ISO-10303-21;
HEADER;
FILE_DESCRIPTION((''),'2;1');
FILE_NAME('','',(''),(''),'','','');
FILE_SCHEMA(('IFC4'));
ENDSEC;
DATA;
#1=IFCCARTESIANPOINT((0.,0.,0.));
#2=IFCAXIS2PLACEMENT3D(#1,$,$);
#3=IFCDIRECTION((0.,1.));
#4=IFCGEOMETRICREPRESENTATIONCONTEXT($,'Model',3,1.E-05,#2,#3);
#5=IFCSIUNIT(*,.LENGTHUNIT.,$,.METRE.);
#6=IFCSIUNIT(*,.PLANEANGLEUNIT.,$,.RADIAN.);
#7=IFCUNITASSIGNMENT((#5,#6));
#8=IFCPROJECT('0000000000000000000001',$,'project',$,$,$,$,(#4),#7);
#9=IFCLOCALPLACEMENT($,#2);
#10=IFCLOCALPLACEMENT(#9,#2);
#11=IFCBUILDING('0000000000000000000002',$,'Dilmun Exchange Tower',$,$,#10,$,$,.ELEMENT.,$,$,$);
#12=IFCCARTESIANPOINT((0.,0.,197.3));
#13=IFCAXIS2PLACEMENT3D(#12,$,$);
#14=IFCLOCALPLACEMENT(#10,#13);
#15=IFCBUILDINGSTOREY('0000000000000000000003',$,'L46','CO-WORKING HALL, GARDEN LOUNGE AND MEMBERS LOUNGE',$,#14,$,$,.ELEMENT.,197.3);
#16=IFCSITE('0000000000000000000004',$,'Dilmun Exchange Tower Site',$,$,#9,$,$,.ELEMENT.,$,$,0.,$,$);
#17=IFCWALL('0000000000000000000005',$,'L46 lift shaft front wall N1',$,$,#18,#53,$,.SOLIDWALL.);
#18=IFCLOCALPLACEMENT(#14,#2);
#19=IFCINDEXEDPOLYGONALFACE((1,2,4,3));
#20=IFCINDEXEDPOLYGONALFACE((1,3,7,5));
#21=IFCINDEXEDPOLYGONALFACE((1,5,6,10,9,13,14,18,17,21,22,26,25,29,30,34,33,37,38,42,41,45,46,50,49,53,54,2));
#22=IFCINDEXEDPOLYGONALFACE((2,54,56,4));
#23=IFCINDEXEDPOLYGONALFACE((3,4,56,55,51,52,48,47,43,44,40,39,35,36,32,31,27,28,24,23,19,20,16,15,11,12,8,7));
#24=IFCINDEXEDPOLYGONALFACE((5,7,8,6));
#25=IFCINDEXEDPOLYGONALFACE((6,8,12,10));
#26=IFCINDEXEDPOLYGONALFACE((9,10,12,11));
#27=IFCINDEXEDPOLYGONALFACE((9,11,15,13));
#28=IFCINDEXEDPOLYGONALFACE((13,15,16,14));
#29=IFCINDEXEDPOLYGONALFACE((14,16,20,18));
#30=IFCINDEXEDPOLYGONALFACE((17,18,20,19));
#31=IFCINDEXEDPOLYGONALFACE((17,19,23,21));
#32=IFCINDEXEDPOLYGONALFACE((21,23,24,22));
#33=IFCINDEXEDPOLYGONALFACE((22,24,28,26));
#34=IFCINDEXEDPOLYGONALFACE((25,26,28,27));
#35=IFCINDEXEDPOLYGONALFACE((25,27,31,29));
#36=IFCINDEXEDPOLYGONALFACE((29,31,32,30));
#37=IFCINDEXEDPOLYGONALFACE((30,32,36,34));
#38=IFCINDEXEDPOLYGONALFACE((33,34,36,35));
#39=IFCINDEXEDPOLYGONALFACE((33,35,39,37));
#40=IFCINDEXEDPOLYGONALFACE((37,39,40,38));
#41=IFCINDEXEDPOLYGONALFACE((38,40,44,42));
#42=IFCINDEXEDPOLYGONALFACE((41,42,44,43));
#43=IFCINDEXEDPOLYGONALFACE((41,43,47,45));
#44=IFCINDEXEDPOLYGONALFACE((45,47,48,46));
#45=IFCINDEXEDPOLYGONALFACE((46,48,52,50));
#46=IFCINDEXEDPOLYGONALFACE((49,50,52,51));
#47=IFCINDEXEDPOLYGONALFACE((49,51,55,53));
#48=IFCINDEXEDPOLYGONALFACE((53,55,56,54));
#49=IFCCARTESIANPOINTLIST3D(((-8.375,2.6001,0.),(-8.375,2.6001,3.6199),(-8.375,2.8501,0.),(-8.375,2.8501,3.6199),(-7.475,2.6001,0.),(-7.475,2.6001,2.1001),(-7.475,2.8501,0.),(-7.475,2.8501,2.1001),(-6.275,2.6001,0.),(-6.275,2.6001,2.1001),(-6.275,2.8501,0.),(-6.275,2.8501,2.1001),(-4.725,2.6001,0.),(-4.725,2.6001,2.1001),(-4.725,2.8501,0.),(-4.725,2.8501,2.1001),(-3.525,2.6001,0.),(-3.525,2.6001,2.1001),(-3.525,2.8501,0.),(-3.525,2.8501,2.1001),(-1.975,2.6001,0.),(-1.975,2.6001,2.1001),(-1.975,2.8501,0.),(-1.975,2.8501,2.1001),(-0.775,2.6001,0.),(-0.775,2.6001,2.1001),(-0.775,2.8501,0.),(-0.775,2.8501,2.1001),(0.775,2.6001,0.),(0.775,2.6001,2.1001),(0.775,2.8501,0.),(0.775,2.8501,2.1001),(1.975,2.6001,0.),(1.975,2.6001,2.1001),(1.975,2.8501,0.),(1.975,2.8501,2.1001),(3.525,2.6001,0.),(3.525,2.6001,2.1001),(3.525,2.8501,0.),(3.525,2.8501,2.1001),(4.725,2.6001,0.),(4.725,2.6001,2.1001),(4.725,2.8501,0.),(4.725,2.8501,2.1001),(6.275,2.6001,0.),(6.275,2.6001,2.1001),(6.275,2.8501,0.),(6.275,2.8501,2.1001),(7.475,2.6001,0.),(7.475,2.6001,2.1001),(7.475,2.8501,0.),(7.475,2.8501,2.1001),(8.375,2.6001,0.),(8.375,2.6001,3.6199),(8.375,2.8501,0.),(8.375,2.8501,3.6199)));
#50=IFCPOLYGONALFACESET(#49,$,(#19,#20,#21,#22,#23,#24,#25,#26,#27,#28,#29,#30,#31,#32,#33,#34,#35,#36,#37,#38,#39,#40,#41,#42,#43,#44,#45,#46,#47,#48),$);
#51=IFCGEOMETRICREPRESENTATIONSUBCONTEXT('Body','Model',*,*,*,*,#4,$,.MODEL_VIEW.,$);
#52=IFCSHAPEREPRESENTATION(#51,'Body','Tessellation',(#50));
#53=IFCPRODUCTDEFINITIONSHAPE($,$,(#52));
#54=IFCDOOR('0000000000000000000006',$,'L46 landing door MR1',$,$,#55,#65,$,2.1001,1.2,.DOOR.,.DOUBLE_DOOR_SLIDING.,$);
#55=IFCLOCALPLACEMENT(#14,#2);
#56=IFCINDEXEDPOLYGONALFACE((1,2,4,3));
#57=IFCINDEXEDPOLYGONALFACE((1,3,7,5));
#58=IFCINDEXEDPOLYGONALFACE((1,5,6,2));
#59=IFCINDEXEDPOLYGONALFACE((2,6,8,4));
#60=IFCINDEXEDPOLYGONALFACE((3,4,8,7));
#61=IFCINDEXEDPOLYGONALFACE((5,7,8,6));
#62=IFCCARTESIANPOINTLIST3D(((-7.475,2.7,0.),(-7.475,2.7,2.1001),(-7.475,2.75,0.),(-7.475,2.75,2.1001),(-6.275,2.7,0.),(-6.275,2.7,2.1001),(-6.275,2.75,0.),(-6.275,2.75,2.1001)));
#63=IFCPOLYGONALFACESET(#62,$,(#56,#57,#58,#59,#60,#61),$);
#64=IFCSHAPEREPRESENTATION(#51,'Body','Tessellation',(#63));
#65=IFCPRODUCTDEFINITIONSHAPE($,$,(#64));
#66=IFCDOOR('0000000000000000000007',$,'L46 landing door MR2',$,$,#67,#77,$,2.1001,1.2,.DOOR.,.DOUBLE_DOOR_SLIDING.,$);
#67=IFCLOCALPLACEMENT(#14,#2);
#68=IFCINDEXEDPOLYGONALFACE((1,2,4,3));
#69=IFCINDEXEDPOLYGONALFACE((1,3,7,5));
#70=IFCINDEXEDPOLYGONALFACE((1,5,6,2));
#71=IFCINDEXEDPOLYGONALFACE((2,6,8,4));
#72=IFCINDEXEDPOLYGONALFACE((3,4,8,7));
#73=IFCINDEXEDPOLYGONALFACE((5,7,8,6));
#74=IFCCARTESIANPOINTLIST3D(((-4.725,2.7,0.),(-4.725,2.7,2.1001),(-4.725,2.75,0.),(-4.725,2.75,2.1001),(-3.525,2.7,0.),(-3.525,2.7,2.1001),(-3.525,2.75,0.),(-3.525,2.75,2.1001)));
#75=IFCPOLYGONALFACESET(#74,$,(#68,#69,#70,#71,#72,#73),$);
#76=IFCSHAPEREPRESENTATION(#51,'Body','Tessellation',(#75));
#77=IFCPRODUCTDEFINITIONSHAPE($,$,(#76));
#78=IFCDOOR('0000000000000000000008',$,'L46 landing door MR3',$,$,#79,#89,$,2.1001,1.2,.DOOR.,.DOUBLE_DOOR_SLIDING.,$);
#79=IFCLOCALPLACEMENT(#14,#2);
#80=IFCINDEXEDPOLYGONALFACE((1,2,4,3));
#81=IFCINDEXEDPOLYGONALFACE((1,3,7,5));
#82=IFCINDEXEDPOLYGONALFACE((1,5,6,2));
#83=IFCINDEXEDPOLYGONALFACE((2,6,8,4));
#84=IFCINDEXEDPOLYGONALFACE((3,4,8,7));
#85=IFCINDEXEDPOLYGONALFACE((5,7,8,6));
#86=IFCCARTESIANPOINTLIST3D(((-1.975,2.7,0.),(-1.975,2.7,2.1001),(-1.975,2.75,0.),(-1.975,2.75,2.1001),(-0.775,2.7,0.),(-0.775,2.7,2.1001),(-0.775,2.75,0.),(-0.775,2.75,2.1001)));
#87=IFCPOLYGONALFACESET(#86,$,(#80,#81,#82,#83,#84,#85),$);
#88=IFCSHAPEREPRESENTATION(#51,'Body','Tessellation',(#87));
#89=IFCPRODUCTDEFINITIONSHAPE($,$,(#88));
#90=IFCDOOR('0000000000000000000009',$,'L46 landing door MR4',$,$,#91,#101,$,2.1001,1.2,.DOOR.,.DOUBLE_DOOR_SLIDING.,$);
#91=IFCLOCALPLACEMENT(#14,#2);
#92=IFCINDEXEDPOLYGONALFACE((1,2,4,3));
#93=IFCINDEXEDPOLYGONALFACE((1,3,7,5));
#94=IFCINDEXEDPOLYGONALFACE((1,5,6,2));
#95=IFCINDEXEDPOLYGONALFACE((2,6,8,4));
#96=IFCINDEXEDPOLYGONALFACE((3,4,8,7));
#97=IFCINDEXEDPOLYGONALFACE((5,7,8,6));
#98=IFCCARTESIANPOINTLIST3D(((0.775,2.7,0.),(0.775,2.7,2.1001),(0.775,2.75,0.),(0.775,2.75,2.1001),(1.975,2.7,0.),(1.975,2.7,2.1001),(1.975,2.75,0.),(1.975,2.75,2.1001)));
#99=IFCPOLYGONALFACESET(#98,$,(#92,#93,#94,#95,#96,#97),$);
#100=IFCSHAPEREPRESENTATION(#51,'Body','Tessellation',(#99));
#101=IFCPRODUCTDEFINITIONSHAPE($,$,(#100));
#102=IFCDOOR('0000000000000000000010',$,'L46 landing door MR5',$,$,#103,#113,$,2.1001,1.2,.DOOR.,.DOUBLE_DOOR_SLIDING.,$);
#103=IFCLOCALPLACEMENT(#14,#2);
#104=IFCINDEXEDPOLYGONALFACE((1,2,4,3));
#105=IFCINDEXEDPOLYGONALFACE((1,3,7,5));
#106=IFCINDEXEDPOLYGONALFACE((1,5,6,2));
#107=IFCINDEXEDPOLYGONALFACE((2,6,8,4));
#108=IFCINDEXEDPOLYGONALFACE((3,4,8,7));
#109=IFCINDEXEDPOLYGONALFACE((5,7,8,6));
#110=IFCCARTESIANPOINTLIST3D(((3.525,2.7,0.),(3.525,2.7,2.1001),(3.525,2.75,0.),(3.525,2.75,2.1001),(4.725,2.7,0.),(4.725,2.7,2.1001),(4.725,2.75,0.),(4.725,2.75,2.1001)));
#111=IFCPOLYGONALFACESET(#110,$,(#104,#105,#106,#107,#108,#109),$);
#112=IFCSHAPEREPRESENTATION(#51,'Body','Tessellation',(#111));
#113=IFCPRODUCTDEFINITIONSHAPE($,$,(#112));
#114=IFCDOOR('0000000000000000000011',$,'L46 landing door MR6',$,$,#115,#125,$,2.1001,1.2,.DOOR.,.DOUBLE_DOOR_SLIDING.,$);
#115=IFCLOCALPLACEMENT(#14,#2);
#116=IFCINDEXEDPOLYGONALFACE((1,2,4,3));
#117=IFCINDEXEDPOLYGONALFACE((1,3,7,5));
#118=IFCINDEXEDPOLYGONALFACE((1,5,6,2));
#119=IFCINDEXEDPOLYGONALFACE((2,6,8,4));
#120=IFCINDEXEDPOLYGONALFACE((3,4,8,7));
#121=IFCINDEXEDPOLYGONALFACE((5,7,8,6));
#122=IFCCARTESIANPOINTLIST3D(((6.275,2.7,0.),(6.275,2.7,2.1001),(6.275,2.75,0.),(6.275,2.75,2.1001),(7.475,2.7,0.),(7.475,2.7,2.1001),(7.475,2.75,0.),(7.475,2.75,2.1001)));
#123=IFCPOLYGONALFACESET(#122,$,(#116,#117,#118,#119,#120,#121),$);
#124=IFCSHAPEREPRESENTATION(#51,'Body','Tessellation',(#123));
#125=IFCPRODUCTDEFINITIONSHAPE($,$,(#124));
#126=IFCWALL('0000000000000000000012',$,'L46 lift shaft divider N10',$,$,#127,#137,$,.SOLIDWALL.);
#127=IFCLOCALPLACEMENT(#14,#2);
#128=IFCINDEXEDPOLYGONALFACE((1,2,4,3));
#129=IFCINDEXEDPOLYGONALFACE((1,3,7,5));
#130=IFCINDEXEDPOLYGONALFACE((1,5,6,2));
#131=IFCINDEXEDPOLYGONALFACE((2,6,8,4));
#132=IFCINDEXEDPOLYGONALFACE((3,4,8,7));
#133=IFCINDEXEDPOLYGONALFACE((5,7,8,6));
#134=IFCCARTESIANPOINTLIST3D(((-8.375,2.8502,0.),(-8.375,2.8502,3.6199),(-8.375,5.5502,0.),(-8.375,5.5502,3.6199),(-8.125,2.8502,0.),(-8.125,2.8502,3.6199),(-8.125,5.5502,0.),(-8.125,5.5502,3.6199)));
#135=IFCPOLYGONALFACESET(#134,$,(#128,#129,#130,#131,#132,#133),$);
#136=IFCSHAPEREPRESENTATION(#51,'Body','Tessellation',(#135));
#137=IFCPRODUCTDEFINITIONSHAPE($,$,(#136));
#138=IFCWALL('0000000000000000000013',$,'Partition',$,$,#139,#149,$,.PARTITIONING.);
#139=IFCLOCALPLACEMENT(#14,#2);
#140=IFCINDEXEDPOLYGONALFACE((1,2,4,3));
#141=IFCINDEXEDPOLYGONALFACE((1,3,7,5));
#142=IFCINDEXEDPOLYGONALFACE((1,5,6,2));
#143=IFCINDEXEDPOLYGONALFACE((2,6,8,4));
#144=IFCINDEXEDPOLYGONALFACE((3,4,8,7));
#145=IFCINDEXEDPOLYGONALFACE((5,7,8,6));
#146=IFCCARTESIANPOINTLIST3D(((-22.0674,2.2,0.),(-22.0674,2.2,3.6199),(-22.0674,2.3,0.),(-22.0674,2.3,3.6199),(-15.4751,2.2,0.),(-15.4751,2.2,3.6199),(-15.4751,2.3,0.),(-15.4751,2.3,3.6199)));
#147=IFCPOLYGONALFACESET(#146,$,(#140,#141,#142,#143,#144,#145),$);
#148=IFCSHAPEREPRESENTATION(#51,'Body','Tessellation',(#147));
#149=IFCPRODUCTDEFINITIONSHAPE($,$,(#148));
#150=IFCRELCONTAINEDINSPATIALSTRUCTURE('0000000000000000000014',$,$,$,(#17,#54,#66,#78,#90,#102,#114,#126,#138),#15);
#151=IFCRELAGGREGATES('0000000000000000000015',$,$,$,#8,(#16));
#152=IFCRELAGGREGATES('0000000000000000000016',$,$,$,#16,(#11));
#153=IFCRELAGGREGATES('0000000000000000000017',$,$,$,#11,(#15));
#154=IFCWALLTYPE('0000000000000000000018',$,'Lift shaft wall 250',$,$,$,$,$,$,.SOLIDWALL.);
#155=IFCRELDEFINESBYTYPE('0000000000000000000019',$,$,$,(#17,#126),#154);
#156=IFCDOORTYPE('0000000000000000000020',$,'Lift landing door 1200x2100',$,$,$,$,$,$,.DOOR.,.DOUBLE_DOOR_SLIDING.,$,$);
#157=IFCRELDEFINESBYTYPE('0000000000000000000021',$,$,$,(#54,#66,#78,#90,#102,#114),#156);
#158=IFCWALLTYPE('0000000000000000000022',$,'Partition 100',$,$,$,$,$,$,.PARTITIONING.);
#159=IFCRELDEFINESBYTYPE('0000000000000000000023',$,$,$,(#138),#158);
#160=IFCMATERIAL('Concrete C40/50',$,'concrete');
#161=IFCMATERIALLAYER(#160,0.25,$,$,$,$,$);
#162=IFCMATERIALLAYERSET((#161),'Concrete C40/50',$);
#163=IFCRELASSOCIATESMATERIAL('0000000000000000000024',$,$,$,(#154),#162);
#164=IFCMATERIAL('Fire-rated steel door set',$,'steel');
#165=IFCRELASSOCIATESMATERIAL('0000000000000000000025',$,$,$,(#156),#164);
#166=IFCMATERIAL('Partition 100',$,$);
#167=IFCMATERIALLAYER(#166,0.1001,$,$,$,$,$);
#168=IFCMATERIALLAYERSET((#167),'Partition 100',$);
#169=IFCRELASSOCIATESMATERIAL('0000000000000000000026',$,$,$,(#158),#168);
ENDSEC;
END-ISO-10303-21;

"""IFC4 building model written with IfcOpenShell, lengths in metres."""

from ifc_helpers import new_model, si_unit, direction, frame, frame_2d, origin, place, context, subcontext, project, spatial, rectangle, extrude, material, layer, layer_set, type_object, element, fill, save


model = new_model("IFC4")

# Units and contexts
model_context = context("Model", 3, precision=1e-05, world=origin(), true_north=direction((0.0, 1.0)))
body_context = subcontext(model_context, "Body", "Model", "MODEL_VIEW")
ifc_project = project(units=[si_unit("LENGTHUNIT", "METRE"), si_unit("PLANEANGLEUNIT", "RADIAN")], contexts=[model_context])

# Site, building, storey
site_placement = place(None, origin())
site = spatial("IfcSite", under=ifc_project, at=site_placement, Name="Dilmun Exchange Tower Site", CompositionType="ELEMENT", RefElevation=0.0)
building_placement = place(site_placement, origin())
building = spatial("IfcBuilding", under=site, at=building_placement, Name="Dilmun Exchange Tower", CompositionType="ELEMENT")
storey_placement = place(building_placement, frame((0.0, 0.0, 197.3)))
storey = spatial("IfcBuildingStorey", under=building, at=storey_placement, Name="L46", Description="CO-WORKING HALL, GARDEN LOUNGE AND MEMBERS LOUNGE", CompositionType="ELEMENT", Elevation=197.3)

# Shared definitions
ifc_material_1 = material(Name="Concrete C40/50", Category="concrete")

# Shared definitions
ifc_material_2 = material(Name="Fire-rated steel door set", Category="steel")

# Wall, openings, doors
ifc_layer_1 = layer(ifc_material_1, 0.25)
ifc_layer_set_1 = layer_set([ifc_layer_1], Name="Concrete C40/50")
wall_type_1 = type_object("IfcWallType", Name="Lift shaft wall 250", PredefinedType="SOLIDWALL", material=ifc_layer_set_1)
wall_1_placement = place(storey_placement, frame((-8.375, 2.7251, 0.0), z_axis=(0.0, 0.0, 1.0), x_axis=(1.0, 0.0, 0.0)))
wall_1 = element("IfcWall", 1, at=wall_1_placement, inside=storey, type_object=wall_type_1, Name="L46 lift shaft front wall N1", PredefinedType="SOLIDWALL", context=body_context, shape_type="SweptSolid", body=[
    extrude(rectangle(XDim=16.75, YDim=0.25, at=frame_2d((8.375, 0.0))), origin(), (0.0, 0.0, 1.0), 3.6199),
])
opening_1_placement = place(wall_1_placement, frame((0.8999, 0.0, 0.0)))
opening_1 = element("IfcOpeningElement", 2, at=opening_1_placement, cuts=wall_1, PredefinedType="OPENING", context=body_context, shape_type="SweptSolid", body=[
    extrude(rectangle(XDim=1.2, YDim=2.1001, at=frame_2d((0.6001, 1.05))), frame((0.0, 0.135, 0.0), z_axis=(0.0, -1.0, 0.0), x_axis=(1.0, 0.0, 0.0)), (0.0, 0.0, 1.0), 0.27),
])
opening_2_placement = place(wall_1_placement, frame((3.6499, 0.0, 0.0)))
opening_2 = element("IfcOpeningElement", 3, at=opening_2_placement, cuts=wall_1, PredefinedType="OPENING", context=body_context, shape_type="SweptSolid", body=[
    extrude(rectangle(XDim=1.2, YDim=2.1001, at=frame_2d((0.6001, 1.05))), frame((0.0, 0.135, 0.0), z_axis=(0.0, -1.0, 0.0), x_axis=(1.0, 0.0, 0.0)), (0.0, 0.0, 1.0), 0.27),
])
opening_3_placement = place(wall_1_placement, frame((6.3999, 0.0, 0.0)))
opening_3 = element("IfcOpeningElement", 4, at=opening_3_placement, cuts=wall_1, PredefinedType="OPENING", context=body_context, shape_type="SweptSolid", body=[
    extrude(rectangle(XDim=1.2, YDim=2.1001, at=frame_2d((0.6001, 1.05))), frame((0.0, 0.135, 0.0), z_axis=(0.0, -1.0, 0.0), x_axis=(1.0, 0.0, 0.0)), (0.0, 0.0, 1.0), 0.27),
])
opening_4_placement = place(wall_1_placement, frame((9.1499, 0.0, 0.0)))
opening_4 = element("IfcOpeningElement", 5, at=opening_4_placement, cuts=wall_1, PredefinedType="OPENING", context=body_context, shape_type="SweptSolid", body=[
    extrude(rectangle(XDim=1.2, YDim=2.1001, at=frame_2d((0.6001, 1.05))), frame((0.0, 0.135, 0.0), z_axis=(0.0, -1.0, 0.0), x_axis=(1.0, 0.0, 0.0)), (0.0, 0.0, 1.0), 0.27),
])
opening_5_placement = place(wall_1_placement, frame((11.8999, 0.0, 0.0)))
opening_5 = element("IfcOpeningElement", 6, at=opening_5_placement, cuts=wall_1, PredefinedType="OPENING", context=body_context, shape_type="SweptSolid", body=[
    extrude(rectangle(XDim=1.2, YDim=2.1001, at=frame_2d((0.6001, 1.05))), frame((0.0, 0.135, 0.0), z_axis=(0.0, -1.0, 0.0), x_axis=(1.0, 0.0, 0.0)), (0.0, 0.0, 1.0), 0.27),
])
opening_6_placement = place(wall_1_placement, frame((14.6499, 0.0, 0.0)))
opening_6 = element("IfcOpeningElement", 7, at=opening_6_placement, cuts=wall_1, PredefinedType="OPENING", context=body_context, shape_type="SweptSolid", body=[
    extrude(rectangle(XDim=1.2, YDim=2.1001, at=frame_2d((0.6001, 1.05))), frame((0.0, 0.135, 0.0), z_axis=(0.0, -1.0, 0.0), x_axis=(1.0, 0.0, 0.0)), (0.0, 0.0, 1.0), 0.27),
])
door_type_1 = type_object("IfcDoorType", Name="Lift landing door 1200x2100", OperationType="DOUBLE_DOOR_SLIDING", PredefinedType="DOOR", material=ifc_material_2)
door_1_placement = place(opening_1_placement, origin())
door_1 = element("IfcDoor", 8, at=door_1_placement, inside=storey, type_object=door_type_1, Name="L46 landing door MR1", OperationType="DOUBLE_DOOR_SLIDING", OverallHeight=2.1001, OverallWidth=1.2, PredefinedType="DOOR", context=body_context, shape_type="SweptSolid", body=[
    extrude(rectangle(XDim=1.2, YDim=2.1001, at=frame_2d((0.6001, 1.05))), frame((0.0, 0.0249, 0.0), z_axis=(0.0, -1.0, 0.0), x_axis=(1.0, 0.0, 0.0)), (0.0, 0.0, 1.0), 0.05),
])
fill(opening_1, door_1)
door_2_placement = place(opening_2_placement, origin())
door_2 = element("IfcDoor", 9, at=door_2_placement, inside=storey, type_object=door_type_1, Name="L46 landing door MR2", OperationType="DOUBLE_DOOR_SLIDING", OverallHeight=2.1001, OverallWidth=1.2, PredefinedType="DOOR", context=body_context, shape_type="SweptSolid", body=[
    extrude(rectangle(XDim=1.2, YDim=2.1001, at=frame_2d((0.6001, 1.05))), frame((0.0, 0.0249, 0.0), z_axis=(0.0, -1.0, 0.0), x_axis=(1.0, 0.0, 0.0)), (0.0, 0.0, 1.0), 0.05),
])
fill(opening_2, door_2)
door_3_placement = place(opening_3_placement, origin())
door_3 = element("IfcDoor", 10, at=door_3_placement, inside=storey, type_object=door_type_1, Name="L46 landing door MR3", OperationType="DOUBLE_DOOR_SLIDING", OverallHeight=2.1001, OverallWidth=1.2, PredefinedType="DOOR", context=body_context, shape_type="SweptSolid", body=[
    extrude(rectangle(XDim=1.2, YDim=2.1001, at=frame_2d((0.6001, 1.05))), frame((0.0, 0.0249, 0.0), z_axis=(0.0, -1.0, 0.0), x_axis=(1.0, 0.0, 0.0)), (0.0, 0.0, 1.0), 0.05),
])
fill(opening_3, door_3)
door_4_placement = place(opening_4_placement, origin())
door_4 = element("IfcDoor", 11, at=door_4_placement, inside=storey, type_object=door_type_1, Name="L46 landing door MR4", OperationType="DOUBLE_DOOR_SLIDING", OverallHeight=2.1001, OverallWidth=1.2, PredefinedType="DOOR", context=body_context, shape_type="SweptSolid", body=[
    extrude(rectangle(XDim=1.2, YDim=2.1001, at=frame_2d((0.6001, 1.05))), frame((0.0, 0.0249, 0.0), z_axis=(0.0, -1.0, 0.0), x_axis=(1.0, 0.0, 0.0)), (0.0, 0.0, 1.0), 0.05),
])
fill(opening_4, door_4)
door_5_placement = place(opening_5_placement, origin())
door_5 = element("IfcDoor", 12, at=door_5_placement, inside=storey, type_object=door_type_1, Name="L46 landing door MR5", OperationType="DOUBLE_DOOR_SLIDING", OverallHeight=2.1001, OverallWidth=1.2, PredefinedType="DOOR", context=body_context, shape_type="SweptSolid", body=[
    extrude(rectangle(XDim=1.2, YDim=2.1001, at=frame_2d((0.6001, 1.05))), frame((0.0, 0.0249, 0.0), z_axis=(0.0, -1.0, 0.0), x_axis=(1.0, 0.0, 0.0)), (0.0, 0.0, 1.0), 0.05),
])
fill(opening_5, door_5)
door_6_placement = place(opening_6_placement, origin())
door_6 = element("IfcDoor", 13, at=door_6_placement, inside=storey, type_object=door_type_1, Name="L46 landing door MR6", OperationType="DOUBLE_DOOR_SLIDING", OverallHeight=2.1001, OverallWidth=1.2, PredefinedType="DOOR", context=body_context, shape_type="SweptSolid", body=[
    extrude(rectangle(XDim=1.2, YDim=2.1001, at=frame_2d((0.6001, 1.05))), frame((0.0, 0.0249, 0.0), z_axis=(0.0, -1.0, 0.0), x_axis=(1.0, 0.0, 0.0)), (0.0, 0.0, 1.0), 0.05),
])
fill(opening_6, door_6)

# Walls
wall_2_placement = place(storey_placement, frame((-8.25, 2.8501, 0.0), z_axis=(0.0, 0.0, 1.0), x_axis=(0.0, 1.0, 0.0)))
element("IfcWall", 14, at=wall_2_placement, inside=storey, type_object=wall_type_1, Name="L46 lift shaft divider N10", PredefinedType="SOLIDWALL", context=body_context, shape_type="SweptSolid", body=[
    extrude(rectangle(XDim=2.7, YDim=0.25, at=frame_2d((1.3501, 0.0))), origin(), (0.0, 0.0, 1.0), 3.6199),
])
ifc_material_3 = material(Name="Partition 100")
ifc_layer_2 = layer(ifc_material_3, 0.1001)
ifc_layer_set_2 = layer_set([ifc_layer_2], Name="Partition 100")
wall_type_2 = type_object("IfcWallType", Name="Partition 100", PredefinedType="PARTITIONING", material=ifc_layer_set_2)
wall_3_placement = place(storey_placement, frame((-22.0674, 2.25, 0.0), z_axis=(0.0, 0.0, 1.0), x_axis=(1.0, 0.0, 0.0)))
element("IfcWall", 15, at=wall_3_placement, inside=storey, type_object=wall_type_2, Name="Partition", PredefinedType="PARTITIONING", context=body_context, shape_type="SweptSolid", body=[
    extrude(rectangle(XDim=6.5923, YDim=0.1001, at=frame_2d((3.2961, 0.0))), origin(), (0.0, 0.0, 1.0), 3.6199),
])

save(model, "model.ifc")
